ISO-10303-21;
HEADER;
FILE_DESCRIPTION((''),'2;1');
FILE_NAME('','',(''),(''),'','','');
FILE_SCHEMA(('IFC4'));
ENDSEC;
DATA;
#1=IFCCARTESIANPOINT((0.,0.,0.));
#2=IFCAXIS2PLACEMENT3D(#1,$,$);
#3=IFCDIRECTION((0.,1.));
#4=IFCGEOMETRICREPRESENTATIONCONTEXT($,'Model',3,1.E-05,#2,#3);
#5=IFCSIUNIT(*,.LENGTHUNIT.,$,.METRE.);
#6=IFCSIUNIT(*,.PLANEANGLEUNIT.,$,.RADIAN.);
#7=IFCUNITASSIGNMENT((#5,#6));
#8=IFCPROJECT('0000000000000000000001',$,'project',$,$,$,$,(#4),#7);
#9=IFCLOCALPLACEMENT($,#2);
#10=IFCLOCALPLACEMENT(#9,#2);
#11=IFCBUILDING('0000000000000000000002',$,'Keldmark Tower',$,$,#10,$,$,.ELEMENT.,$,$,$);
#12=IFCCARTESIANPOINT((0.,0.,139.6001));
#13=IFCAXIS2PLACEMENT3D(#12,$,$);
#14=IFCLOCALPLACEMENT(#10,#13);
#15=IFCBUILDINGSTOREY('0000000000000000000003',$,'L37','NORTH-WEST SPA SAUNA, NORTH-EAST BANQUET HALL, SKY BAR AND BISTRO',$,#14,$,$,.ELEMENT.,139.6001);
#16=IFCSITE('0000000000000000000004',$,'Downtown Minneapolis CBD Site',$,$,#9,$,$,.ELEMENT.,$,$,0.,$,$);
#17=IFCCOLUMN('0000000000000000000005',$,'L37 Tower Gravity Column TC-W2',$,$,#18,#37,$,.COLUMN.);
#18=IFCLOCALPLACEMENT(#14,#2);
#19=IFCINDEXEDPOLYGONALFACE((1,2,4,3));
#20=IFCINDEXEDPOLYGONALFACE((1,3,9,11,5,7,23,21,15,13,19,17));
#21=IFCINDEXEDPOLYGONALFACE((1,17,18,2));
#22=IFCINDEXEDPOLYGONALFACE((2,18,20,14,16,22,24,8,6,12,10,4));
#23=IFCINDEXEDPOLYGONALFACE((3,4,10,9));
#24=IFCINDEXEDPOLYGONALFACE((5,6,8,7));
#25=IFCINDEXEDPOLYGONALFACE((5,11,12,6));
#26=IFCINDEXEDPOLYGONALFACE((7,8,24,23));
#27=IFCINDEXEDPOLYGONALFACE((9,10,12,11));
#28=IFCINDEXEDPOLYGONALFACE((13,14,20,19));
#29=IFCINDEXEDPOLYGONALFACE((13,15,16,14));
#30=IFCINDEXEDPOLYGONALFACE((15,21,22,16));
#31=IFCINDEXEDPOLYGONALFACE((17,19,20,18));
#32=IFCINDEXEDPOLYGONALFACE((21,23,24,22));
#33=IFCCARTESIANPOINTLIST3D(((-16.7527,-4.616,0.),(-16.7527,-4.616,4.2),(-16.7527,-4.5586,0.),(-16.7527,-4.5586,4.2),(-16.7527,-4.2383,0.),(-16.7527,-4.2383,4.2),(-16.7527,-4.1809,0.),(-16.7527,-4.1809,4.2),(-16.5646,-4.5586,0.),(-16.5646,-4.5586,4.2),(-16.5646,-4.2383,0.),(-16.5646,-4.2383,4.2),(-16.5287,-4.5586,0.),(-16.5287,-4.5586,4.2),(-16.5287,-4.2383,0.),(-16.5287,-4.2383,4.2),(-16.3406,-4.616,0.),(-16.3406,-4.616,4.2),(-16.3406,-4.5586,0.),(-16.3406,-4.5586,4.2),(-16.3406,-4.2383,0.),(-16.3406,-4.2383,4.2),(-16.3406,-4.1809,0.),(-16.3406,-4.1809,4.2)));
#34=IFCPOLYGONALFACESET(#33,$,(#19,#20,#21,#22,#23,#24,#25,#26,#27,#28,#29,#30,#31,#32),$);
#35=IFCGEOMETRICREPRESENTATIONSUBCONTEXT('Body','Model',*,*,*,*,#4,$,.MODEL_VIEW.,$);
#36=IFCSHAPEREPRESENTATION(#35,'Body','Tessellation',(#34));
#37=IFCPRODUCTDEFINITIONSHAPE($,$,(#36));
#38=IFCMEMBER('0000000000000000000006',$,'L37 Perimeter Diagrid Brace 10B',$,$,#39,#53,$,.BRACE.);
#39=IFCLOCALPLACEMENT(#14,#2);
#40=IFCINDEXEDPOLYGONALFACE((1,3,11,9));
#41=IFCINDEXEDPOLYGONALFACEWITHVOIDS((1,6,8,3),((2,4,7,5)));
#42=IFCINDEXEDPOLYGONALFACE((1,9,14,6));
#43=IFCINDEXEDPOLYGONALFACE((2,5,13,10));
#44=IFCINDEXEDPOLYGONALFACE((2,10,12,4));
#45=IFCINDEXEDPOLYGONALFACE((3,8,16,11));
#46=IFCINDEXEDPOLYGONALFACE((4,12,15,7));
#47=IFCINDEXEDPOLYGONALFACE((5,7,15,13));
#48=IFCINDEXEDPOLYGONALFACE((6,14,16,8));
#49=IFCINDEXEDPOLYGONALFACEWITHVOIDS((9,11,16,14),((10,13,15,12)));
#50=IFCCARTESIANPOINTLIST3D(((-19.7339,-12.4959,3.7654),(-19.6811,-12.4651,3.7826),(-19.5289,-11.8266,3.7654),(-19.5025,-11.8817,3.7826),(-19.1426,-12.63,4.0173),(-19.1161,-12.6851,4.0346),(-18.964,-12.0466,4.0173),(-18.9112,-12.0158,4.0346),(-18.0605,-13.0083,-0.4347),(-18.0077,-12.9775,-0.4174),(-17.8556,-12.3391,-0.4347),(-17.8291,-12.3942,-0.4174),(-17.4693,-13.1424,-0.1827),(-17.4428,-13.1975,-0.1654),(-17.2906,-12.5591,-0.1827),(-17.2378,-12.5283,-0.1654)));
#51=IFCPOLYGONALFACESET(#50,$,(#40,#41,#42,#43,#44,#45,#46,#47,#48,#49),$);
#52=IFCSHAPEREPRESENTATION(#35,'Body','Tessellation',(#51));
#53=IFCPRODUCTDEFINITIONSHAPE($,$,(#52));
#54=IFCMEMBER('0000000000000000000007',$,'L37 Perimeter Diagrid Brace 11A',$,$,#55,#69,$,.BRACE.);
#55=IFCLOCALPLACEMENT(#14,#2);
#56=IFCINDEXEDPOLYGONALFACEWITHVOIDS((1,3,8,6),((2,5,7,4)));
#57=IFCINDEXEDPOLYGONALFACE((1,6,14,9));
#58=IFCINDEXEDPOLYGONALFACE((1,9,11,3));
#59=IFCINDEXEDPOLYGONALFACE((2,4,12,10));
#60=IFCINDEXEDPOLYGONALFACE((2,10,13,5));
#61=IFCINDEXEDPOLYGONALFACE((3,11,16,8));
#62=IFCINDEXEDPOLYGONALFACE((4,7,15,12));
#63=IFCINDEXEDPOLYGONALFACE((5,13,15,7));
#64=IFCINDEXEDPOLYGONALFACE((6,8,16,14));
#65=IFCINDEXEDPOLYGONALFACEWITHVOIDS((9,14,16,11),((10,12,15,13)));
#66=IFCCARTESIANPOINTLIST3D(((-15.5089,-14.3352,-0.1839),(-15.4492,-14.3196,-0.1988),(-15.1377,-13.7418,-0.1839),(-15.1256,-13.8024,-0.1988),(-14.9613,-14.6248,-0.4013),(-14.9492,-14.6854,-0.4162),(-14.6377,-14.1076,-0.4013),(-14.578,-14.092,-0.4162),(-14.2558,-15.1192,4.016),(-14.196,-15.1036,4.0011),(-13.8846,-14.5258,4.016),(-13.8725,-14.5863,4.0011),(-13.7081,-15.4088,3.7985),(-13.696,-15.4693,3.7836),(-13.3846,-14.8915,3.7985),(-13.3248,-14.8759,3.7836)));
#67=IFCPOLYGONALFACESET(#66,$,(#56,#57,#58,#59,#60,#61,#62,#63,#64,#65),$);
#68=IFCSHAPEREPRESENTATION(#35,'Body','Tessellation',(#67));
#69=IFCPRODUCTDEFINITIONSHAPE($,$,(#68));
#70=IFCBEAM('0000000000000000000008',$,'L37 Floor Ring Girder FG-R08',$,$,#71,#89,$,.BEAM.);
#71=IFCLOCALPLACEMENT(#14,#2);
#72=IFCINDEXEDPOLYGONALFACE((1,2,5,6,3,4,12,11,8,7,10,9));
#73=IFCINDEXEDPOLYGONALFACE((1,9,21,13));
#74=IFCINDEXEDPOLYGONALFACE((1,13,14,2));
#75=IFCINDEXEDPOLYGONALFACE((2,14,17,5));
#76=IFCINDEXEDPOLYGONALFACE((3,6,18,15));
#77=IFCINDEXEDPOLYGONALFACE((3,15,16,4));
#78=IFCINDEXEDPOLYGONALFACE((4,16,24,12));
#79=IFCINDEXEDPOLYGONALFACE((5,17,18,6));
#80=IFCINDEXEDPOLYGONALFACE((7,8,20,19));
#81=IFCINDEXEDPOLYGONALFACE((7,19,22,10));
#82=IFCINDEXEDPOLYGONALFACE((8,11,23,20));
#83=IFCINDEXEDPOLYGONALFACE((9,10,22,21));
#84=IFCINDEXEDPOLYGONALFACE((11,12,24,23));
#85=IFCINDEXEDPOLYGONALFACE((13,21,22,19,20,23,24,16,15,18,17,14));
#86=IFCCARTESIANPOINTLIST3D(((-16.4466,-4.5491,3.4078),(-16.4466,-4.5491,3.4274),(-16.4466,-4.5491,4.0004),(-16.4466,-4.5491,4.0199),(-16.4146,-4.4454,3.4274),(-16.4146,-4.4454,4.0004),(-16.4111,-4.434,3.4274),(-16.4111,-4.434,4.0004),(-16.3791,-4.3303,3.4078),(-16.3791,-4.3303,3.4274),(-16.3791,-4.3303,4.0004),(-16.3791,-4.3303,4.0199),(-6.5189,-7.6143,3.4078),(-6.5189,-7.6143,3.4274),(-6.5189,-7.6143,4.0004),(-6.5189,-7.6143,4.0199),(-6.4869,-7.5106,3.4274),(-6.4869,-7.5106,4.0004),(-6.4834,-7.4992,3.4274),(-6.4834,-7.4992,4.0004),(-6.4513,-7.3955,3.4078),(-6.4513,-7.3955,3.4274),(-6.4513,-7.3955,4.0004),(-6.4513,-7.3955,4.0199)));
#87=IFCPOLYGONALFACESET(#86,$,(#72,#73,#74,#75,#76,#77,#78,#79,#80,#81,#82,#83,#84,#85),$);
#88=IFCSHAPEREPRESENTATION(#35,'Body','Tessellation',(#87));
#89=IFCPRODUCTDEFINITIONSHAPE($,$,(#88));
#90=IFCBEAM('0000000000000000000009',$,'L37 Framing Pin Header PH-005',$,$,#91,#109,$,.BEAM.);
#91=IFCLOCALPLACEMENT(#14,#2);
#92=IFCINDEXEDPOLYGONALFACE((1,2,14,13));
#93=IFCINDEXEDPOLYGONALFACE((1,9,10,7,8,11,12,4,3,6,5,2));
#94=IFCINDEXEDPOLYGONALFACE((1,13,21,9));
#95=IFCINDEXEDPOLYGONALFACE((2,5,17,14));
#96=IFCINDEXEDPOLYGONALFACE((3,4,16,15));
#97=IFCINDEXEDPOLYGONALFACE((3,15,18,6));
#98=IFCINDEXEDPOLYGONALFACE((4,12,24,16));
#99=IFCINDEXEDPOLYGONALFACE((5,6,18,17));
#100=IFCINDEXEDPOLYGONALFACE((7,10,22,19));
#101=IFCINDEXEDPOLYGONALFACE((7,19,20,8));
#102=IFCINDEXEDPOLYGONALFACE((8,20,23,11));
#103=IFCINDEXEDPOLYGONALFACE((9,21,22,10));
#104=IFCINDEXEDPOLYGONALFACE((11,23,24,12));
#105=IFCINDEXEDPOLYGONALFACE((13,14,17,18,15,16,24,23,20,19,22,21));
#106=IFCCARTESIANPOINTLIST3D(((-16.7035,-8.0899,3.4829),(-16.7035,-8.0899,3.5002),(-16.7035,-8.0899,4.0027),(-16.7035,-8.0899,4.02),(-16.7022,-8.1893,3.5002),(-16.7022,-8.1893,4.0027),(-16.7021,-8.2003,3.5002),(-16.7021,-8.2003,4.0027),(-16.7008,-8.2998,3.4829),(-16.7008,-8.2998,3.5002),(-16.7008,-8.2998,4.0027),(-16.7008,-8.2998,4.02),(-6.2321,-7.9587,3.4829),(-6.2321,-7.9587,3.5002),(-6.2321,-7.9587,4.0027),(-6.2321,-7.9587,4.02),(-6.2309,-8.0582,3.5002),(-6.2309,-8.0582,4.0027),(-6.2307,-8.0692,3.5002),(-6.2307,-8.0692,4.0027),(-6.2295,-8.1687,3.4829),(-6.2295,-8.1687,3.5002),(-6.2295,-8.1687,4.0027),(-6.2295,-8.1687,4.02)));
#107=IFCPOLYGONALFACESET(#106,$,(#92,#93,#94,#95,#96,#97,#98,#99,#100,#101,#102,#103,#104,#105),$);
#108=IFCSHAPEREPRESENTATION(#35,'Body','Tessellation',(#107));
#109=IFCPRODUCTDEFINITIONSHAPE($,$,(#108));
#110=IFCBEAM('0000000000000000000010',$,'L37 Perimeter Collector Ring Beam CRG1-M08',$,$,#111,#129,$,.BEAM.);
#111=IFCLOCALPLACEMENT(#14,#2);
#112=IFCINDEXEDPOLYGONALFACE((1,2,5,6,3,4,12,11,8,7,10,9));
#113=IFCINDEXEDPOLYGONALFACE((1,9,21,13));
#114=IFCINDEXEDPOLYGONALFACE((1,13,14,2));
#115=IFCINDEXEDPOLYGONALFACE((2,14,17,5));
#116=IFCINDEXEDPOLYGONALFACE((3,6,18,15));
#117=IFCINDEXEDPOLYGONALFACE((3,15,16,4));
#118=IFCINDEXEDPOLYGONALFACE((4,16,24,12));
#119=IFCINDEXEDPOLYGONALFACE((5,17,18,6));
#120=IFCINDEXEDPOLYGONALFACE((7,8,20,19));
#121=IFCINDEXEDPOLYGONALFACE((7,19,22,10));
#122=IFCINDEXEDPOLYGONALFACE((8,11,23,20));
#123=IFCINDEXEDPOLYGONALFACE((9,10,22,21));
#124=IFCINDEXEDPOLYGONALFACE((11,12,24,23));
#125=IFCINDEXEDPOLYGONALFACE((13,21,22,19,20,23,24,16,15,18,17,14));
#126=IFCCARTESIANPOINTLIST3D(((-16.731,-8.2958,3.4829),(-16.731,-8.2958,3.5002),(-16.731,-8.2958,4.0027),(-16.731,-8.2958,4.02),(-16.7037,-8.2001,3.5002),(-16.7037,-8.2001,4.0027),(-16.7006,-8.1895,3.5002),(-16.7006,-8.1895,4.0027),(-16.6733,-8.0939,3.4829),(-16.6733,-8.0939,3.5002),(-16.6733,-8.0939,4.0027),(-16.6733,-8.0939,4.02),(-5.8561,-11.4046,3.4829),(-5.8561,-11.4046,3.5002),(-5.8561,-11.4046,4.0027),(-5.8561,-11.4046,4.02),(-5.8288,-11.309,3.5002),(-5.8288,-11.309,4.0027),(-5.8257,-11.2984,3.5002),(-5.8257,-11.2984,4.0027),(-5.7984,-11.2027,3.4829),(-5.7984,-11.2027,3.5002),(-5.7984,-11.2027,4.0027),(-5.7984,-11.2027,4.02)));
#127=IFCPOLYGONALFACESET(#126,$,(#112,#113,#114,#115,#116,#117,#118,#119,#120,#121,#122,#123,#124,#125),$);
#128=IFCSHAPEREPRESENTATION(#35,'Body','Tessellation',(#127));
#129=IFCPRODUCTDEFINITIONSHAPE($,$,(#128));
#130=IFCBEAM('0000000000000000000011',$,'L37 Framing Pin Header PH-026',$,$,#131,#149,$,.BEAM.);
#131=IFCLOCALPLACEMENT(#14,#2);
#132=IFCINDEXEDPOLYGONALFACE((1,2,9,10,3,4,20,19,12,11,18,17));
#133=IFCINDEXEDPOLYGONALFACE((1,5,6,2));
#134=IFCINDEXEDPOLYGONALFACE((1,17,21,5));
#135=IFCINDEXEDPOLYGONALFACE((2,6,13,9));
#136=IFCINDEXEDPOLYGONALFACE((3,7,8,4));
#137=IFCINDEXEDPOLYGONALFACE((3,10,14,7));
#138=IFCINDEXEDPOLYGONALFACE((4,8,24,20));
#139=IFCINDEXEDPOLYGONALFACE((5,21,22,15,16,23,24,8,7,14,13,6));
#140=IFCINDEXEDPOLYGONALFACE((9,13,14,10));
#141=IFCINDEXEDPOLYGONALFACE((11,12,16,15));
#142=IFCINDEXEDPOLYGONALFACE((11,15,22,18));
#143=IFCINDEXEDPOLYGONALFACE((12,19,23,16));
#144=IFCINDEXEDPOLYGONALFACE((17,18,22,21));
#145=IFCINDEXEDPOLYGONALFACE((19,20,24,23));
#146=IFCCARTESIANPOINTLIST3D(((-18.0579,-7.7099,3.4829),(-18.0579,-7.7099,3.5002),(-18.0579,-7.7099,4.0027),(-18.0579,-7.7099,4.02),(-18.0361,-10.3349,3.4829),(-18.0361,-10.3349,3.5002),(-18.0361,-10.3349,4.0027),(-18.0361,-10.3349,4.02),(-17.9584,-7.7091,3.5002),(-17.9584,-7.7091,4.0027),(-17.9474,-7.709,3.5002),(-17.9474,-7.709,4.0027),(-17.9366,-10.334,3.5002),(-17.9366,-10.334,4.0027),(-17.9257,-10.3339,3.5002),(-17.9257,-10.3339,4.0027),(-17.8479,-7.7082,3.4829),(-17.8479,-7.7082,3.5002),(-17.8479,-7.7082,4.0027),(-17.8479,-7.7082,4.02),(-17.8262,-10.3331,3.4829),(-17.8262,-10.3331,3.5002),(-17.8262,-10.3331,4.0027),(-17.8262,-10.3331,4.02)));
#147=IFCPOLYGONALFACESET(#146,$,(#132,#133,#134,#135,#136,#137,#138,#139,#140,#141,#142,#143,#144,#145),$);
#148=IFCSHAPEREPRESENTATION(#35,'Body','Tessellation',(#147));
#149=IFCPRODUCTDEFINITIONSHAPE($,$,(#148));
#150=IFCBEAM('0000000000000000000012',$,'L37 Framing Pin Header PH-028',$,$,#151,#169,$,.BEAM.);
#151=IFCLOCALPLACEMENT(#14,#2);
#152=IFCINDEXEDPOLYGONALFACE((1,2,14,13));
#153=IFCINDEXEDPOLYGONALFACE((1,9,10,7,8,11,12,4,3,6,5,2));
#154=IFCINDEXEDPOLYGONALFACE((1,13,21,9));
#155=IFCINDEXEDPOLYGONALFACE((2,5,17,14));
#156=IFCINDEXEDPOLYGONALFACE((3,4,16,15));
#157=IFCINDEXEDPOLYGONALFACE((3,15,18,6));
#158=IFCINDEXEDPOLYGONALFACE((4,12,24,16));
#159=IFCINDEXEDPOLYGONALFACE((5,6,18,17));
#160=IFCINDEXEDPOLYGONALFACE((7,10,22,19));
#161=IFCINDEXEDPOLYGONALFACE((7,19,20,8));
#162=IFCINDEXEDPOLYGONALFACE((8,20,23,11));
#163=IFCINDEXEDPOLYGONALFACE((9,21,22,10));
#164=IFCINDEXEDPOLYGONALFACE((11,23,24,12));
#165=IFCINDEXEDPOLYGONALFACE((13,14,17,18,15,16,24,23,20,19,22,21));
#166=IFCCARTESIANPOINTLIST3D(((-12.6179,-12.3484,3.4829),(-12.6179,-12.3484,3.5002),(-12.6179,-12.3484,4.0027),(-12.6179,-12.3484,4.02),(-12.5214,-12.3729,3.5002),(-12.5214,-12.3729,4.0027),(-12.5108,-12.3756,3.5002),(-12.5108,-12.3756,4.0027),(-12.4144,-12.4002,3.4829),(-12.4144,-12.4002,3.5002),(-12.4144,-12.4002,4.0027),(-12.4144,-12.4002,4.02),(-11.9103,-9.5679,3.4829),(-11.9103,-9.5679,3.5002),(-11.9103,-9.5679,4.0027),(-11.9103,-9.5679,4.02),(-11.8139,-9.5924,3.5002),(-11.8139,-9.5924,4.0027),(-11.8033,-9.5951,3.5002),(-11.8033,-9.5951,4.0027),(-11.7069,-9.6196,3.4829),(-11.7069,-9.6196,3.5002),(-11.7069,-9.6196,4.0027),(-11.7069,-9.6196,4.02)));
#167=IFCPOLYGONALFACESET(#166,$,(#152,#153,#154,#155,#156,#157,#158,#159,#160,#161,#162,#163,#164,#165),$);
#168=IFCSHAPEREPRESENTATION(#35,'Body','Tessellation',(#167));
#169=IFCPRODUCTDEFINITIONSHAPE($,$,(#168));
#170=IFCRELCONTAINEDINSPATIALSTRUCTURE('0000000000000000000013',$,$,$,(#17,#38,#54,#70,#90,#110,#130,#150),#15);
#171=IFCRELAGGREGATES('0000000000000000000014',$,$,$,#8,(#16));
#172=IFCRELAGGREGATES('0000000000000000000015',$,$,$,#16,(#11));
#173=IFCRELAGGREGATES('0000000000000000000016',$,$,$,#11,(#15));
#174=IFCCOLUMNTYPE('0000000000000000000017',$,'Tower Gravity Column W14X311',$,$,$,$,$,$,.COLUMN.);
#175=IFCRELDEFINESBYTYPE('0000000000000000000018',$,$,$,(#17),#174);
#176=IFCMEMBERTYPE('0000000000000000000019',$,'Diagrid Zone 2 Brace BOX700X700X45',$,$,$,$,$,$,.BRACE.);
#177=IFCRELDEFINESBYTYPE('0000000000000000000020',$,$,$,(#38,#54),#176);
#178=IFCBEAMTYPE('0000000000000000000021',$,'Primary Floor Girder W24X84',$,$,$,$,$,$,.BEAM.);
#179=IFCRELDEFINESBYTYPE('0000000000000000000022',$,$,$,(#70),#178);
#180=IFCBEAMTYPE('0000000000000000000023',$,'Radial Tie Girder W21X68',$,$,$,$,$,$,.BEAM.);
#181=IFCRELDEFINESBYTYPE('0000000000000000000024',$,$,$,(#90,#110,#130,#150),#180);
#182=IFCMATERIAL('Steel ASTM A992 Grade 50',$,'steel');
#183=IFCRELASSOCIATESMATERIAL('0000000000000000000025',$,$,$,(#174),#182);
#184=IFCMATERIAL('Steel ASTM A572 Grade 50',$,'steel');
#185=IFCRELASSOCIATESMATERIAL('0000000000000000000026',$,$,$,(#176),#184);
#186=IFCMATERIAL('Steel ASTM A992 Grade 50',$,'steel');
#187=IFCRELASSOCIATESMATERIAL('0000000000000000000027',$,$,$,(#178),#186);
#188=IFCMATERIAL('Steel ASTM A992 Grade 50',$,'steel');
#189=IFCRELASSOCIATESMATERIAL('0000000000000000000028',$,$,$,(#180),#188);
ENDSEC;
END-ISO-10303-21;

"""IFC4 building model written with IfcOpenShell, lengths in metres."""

from ifc_helpers import new_model, si_unit, direction, frame, origin, origin_2d, place, context, subcontext, project, spatial, hollow_rectangle, i_section, extrude, material, material_profile, profile_set, type_object, element, save


model = new_model("IFC4")

# Units and contexts
model_context = context("Model", 3, precision=1e-05, world=origin(), true_north=direction((0.0, 1.0)))
body_context = subcontext(model_context, "Body", "Model", "MODEL_VIEW")
ifc_project = project(units=[si_unit("LENGTHUNIT", "METRE"), si_unit("PLANEANGLEUNIT", "RADIAN")], contexts=[model_context])

# Site, building, storey
site_placement = place(None, origin())
site = spatial("IfcSite", under=ifc_project, at=site_placement, Name="Downtown Minneapolis CBD Site", CompositionType="ELEMENT", RefElevation=0.0)
building_placement = place(site_placement, origin())
building = spatial("IfcBuilding", under=site, at=building_placement, Name="Keldmark Tower", CompositionType="ELEMENT")
storey_placement = place(building_placement, frame((0.0, 0.0, 139.6001)))
storey = spatial("IfcBuildingStorey", under=building, at=storey_placement, Name="L37", Description="NORTH-WEST SPA SAUNA, NORTH-EAST BANQUET HALL, SKY BAR AND BISTRO", CompositionType="ELEMENT", Elevation=139.6001)

# Column
ifc_material_1 = material(Name="Steel ASTM A992 Grade 50", Category="steel")
ifc_material_profile_1 = material_profile(ifc_material_1, i_section(OverallWidth=0.4121, OverallDepth=0.4351, WebThickness=0.0359, FlangeThickness=0.0574, at=origin_2d()), Name="W14X311")
ifc_profile_set_1 = profile_set([ifc_material_profile_1], Name="Steel ASTM A992 Grade 50")
column_type = type_object("IfcColumnType", Name="Tower Gravity Column W14X311", PredefinedType="COLUMN", material=ifc_profile_set_1)
column_placement = place(storey_placement, frame((-16.5466, -4.3984, 0.0), z_axis=(0.0, 0.0, 1.0), x_axis=(1.0, 0.0, 0.0)))
element("IfcColumn", 1, at=column_placement, inside=storey, type_object=column_type, Name="L37 Tower Gravity Column TC-W2", PredefinedType="COLUMN", context=body_context, shape_type="SweptSolid", body=[
    extrude(i_section(OverallWidth=0.4121, OverallDepth=0.4351, WebThickness=0.0359, FlangeThickness=0.0574, at=origin_2d()), origin(), (0.0, 0.0, 1.0), 4.2),
])

# Members
ifc_material_2 = material(Name="Steel ASTM A572 Grade 50", Category="steel")
ifc_material_profile_2 = material_profile(ifc_material_2, hollow_rectangle(XDim=0.7, YDim=0.7, WallThickness=0.0449, at=origin_2d()), Name="BOX700X700X45")
ifc_profile_set_2 = profile_set([ifc_material_profile_2], Name="Steel ASTM A572 Grade 50")
member_type = type_object("IfcMemberType", Name="Diagrid Zone 2 Brace BOX700X700X45", PredefinedType="BRACE", material=ifc_profile_set_2)
member_1_placement = place(storey_placement, frame((-17.6492, -12.7683, -0.3), z_axis=(-0.367769, 0.112627, 0.923071), x_axis=(-0.292821, -0.956167, 0.0)))
element("IfcMember", 2, at=member_1_placement, inside=storey, type_object=member_type, Name="L37 Perimeter Diagrid Brace 10B", PredefinedType="BRACE", context=body_context, shape_type="SweptSolid", body=[
    extrude(hollow_rectangle(XDim=0.7, YDim=0.7, WallThickness=0.0449, at=origin_2d()), origin(), (0.0, 0.0, 1.0), 4.55),
])
member_2_placement = place(storey_placement, frame((-15.0435, -14.2136, -0.3), z_axis=(0.281455, -0.176067, 0.943283), x_axis=(0.53034, 0.847785, 0.0)))
element("IfcMember", 3, at=member_2_placement, inside=storey, type_object=member_type, Name="L37 Perimeter Diagrid Brace 11A", PredefinedType="BRACE", context=body_context, shape_type="SweptSolid", body=[
    extrude(hollow_rectangle(XDim=0.7, YDim=0.7, WallThickness=0.0449, at=origin_2d()), origin(), (0.0, 0.0, 1.0), 4.4524),
])

# Beams
ifc_material_3 = material(Name="Steel ASTM A992 Grade 50", Category="steel")
ifc_material_profile_3 = material_profile(ifc_material_3, i_section(OverallWidth=0.229, OverallDepth=0.6121, WebThickness=0.012, FlangeThickness=0.0195, at=origin_2d()), Name="W24X84")
ifc_profile_set_3 = profile_set([ifc_material_profile_3], Name="Steel ASTM A992 Grade 50")
beam_type_1 = type_object("IfcBeamType", Name="Primary Floor Girder W24X84", PredefinedType="BEAM", material=ifc_profile_set_3)
beam_1_placement = place(storey_placement, frame((-16.4128, -4.4397, 3.7139), z_axis=(0.955495, -0.295009, 0.0), x_axis=(0.295009, 0.955495, 0.0)))
element("IfcBeam", 4, at=beam_1_placement, inside=storey, type_object=beam_type_1, Name="L37 Floor Ring Girder FG-R08", PredefinedType="BEAM", context=body_context, shape_type="SweptSolid", body=[
    extrude(i_section(OverallWidth=0.229, OverallDepth=0.6121, WebThickness=0.012, FlangeThickness=0.0195, at=origin_2d()), origin(), (0.0, 0.0, 1.0), 10.3901),
])
ifc_material_4 = material(Name="Steel ASTM A992 Grade 50", Category="steel")
ifc_material_profile_4 = material_profile(ifc_material_4, i_section(OverallWidth=0.21, OverallDepth=0.5371, WebThickness=0.011, FlangeThickness=0.0173, at=origin_2d()), Name="W21X68")
ifc_profile_set_4 = profile_set([ifc_material_profile_4], Name="Steel ASTM A992 Grade 50")
beam_type_2 = type_object("IfcBeamType", Name="Radial Tie Girder W21X68", PredefinedType="BEAM", material=ifc_profile_set_4)
beam_2_placement = place(storey_placement, frame((-16.7021, -8.1948, 3.7515), z_axis=(0.999922, 0.012519, 0.0), x_axis=(-0.012519, 0.999922, 0.0)))
element("IfcBeam", 5, at=beam_2_placement, inside=storey, type_object=beam_type_2, Name="L37 Framing Pin Header PH-005", PredefinedType="BEAM", context=body_context, shape_type="SweptSolid", body=[
    extrude(i_section(OverallWidth=0.21, OverallDepth=0.5371, WebThickness=0.011, FlangeThickness=0.0173, at=origin_2d()), origin(), (0.0, 0.0, 1.0), 10.4722),
])
beam_3_placement = place(storey_placement, frame((-16.7021, -8.1948, 3.7515), z_axis=(0.961483, -0.274864, 0.0), x_axis=(0.274864, 0.961483, 0.0)))
element("IfcBeam", 6, at=beam_3_placement, inside=storey, type_object=beam_type_2, Name="L37 Perimeter Collector Ring Beam CRG1-M08", PredefinedType="BEAM", context=body_context, shape_type="SweptSolid", body=[
    extrude(i_section(OverallWidth=0.21, OverallDepth=0.5371, WebThickness=0.011, FlangeThickness=0.0173, at=origin_2d()), origin(), (0.0, 0.0, 1.0), 11.3105),
])
beam_4_placement = place(storey_placement, frame((-17.9312, -10.334, 3.7515), z_axis=(-0.008277, 0.999966, 0.0), x_axis=(-0.999966, -0.008277, 0.0)))
element("IfcBeam", 7, at=beam_4_placement, inside=storey, type_object=beam_type_2, Name="L37 Framing Pin Header PH-026", PredefinedType="BEAM", context=body_context, shape_type="SweptSolid", body=[
    extrude(i_section(OverallWidth=0.21, OverallDepth=0.5371, WebThickness=0.011, FlangeThickness=0.0173, at=origin_2d()), origin(), (0.0, 0.0, 1.0), 2.625),
])
beam_5_placement = place(storey_placement, frame((-11.8086, -9.5938, 3.7515), z_axis=(-0.246598, -0.969118, 0.0), x_axis=(0.969118, -0.246598, 0.0)))
element("IfcBeam", 8, at=beam_5_placement, inside=storey, type_object=beam_type_2, Name="L37 Framing Pin Header PH-028", PredefinedType="BEAM", context=body_context, shape_type="SweptSolid", body=[
    extrude(i_section(OverallWidth=0.21, OverallDepth=0.5371, WebThickness=0.011, FlangeThickness=0.0173, at=origin_2d()), origin(), (0.0, 0.0, 1.0), 2.8691),
])

save(model, "model.ifc")
